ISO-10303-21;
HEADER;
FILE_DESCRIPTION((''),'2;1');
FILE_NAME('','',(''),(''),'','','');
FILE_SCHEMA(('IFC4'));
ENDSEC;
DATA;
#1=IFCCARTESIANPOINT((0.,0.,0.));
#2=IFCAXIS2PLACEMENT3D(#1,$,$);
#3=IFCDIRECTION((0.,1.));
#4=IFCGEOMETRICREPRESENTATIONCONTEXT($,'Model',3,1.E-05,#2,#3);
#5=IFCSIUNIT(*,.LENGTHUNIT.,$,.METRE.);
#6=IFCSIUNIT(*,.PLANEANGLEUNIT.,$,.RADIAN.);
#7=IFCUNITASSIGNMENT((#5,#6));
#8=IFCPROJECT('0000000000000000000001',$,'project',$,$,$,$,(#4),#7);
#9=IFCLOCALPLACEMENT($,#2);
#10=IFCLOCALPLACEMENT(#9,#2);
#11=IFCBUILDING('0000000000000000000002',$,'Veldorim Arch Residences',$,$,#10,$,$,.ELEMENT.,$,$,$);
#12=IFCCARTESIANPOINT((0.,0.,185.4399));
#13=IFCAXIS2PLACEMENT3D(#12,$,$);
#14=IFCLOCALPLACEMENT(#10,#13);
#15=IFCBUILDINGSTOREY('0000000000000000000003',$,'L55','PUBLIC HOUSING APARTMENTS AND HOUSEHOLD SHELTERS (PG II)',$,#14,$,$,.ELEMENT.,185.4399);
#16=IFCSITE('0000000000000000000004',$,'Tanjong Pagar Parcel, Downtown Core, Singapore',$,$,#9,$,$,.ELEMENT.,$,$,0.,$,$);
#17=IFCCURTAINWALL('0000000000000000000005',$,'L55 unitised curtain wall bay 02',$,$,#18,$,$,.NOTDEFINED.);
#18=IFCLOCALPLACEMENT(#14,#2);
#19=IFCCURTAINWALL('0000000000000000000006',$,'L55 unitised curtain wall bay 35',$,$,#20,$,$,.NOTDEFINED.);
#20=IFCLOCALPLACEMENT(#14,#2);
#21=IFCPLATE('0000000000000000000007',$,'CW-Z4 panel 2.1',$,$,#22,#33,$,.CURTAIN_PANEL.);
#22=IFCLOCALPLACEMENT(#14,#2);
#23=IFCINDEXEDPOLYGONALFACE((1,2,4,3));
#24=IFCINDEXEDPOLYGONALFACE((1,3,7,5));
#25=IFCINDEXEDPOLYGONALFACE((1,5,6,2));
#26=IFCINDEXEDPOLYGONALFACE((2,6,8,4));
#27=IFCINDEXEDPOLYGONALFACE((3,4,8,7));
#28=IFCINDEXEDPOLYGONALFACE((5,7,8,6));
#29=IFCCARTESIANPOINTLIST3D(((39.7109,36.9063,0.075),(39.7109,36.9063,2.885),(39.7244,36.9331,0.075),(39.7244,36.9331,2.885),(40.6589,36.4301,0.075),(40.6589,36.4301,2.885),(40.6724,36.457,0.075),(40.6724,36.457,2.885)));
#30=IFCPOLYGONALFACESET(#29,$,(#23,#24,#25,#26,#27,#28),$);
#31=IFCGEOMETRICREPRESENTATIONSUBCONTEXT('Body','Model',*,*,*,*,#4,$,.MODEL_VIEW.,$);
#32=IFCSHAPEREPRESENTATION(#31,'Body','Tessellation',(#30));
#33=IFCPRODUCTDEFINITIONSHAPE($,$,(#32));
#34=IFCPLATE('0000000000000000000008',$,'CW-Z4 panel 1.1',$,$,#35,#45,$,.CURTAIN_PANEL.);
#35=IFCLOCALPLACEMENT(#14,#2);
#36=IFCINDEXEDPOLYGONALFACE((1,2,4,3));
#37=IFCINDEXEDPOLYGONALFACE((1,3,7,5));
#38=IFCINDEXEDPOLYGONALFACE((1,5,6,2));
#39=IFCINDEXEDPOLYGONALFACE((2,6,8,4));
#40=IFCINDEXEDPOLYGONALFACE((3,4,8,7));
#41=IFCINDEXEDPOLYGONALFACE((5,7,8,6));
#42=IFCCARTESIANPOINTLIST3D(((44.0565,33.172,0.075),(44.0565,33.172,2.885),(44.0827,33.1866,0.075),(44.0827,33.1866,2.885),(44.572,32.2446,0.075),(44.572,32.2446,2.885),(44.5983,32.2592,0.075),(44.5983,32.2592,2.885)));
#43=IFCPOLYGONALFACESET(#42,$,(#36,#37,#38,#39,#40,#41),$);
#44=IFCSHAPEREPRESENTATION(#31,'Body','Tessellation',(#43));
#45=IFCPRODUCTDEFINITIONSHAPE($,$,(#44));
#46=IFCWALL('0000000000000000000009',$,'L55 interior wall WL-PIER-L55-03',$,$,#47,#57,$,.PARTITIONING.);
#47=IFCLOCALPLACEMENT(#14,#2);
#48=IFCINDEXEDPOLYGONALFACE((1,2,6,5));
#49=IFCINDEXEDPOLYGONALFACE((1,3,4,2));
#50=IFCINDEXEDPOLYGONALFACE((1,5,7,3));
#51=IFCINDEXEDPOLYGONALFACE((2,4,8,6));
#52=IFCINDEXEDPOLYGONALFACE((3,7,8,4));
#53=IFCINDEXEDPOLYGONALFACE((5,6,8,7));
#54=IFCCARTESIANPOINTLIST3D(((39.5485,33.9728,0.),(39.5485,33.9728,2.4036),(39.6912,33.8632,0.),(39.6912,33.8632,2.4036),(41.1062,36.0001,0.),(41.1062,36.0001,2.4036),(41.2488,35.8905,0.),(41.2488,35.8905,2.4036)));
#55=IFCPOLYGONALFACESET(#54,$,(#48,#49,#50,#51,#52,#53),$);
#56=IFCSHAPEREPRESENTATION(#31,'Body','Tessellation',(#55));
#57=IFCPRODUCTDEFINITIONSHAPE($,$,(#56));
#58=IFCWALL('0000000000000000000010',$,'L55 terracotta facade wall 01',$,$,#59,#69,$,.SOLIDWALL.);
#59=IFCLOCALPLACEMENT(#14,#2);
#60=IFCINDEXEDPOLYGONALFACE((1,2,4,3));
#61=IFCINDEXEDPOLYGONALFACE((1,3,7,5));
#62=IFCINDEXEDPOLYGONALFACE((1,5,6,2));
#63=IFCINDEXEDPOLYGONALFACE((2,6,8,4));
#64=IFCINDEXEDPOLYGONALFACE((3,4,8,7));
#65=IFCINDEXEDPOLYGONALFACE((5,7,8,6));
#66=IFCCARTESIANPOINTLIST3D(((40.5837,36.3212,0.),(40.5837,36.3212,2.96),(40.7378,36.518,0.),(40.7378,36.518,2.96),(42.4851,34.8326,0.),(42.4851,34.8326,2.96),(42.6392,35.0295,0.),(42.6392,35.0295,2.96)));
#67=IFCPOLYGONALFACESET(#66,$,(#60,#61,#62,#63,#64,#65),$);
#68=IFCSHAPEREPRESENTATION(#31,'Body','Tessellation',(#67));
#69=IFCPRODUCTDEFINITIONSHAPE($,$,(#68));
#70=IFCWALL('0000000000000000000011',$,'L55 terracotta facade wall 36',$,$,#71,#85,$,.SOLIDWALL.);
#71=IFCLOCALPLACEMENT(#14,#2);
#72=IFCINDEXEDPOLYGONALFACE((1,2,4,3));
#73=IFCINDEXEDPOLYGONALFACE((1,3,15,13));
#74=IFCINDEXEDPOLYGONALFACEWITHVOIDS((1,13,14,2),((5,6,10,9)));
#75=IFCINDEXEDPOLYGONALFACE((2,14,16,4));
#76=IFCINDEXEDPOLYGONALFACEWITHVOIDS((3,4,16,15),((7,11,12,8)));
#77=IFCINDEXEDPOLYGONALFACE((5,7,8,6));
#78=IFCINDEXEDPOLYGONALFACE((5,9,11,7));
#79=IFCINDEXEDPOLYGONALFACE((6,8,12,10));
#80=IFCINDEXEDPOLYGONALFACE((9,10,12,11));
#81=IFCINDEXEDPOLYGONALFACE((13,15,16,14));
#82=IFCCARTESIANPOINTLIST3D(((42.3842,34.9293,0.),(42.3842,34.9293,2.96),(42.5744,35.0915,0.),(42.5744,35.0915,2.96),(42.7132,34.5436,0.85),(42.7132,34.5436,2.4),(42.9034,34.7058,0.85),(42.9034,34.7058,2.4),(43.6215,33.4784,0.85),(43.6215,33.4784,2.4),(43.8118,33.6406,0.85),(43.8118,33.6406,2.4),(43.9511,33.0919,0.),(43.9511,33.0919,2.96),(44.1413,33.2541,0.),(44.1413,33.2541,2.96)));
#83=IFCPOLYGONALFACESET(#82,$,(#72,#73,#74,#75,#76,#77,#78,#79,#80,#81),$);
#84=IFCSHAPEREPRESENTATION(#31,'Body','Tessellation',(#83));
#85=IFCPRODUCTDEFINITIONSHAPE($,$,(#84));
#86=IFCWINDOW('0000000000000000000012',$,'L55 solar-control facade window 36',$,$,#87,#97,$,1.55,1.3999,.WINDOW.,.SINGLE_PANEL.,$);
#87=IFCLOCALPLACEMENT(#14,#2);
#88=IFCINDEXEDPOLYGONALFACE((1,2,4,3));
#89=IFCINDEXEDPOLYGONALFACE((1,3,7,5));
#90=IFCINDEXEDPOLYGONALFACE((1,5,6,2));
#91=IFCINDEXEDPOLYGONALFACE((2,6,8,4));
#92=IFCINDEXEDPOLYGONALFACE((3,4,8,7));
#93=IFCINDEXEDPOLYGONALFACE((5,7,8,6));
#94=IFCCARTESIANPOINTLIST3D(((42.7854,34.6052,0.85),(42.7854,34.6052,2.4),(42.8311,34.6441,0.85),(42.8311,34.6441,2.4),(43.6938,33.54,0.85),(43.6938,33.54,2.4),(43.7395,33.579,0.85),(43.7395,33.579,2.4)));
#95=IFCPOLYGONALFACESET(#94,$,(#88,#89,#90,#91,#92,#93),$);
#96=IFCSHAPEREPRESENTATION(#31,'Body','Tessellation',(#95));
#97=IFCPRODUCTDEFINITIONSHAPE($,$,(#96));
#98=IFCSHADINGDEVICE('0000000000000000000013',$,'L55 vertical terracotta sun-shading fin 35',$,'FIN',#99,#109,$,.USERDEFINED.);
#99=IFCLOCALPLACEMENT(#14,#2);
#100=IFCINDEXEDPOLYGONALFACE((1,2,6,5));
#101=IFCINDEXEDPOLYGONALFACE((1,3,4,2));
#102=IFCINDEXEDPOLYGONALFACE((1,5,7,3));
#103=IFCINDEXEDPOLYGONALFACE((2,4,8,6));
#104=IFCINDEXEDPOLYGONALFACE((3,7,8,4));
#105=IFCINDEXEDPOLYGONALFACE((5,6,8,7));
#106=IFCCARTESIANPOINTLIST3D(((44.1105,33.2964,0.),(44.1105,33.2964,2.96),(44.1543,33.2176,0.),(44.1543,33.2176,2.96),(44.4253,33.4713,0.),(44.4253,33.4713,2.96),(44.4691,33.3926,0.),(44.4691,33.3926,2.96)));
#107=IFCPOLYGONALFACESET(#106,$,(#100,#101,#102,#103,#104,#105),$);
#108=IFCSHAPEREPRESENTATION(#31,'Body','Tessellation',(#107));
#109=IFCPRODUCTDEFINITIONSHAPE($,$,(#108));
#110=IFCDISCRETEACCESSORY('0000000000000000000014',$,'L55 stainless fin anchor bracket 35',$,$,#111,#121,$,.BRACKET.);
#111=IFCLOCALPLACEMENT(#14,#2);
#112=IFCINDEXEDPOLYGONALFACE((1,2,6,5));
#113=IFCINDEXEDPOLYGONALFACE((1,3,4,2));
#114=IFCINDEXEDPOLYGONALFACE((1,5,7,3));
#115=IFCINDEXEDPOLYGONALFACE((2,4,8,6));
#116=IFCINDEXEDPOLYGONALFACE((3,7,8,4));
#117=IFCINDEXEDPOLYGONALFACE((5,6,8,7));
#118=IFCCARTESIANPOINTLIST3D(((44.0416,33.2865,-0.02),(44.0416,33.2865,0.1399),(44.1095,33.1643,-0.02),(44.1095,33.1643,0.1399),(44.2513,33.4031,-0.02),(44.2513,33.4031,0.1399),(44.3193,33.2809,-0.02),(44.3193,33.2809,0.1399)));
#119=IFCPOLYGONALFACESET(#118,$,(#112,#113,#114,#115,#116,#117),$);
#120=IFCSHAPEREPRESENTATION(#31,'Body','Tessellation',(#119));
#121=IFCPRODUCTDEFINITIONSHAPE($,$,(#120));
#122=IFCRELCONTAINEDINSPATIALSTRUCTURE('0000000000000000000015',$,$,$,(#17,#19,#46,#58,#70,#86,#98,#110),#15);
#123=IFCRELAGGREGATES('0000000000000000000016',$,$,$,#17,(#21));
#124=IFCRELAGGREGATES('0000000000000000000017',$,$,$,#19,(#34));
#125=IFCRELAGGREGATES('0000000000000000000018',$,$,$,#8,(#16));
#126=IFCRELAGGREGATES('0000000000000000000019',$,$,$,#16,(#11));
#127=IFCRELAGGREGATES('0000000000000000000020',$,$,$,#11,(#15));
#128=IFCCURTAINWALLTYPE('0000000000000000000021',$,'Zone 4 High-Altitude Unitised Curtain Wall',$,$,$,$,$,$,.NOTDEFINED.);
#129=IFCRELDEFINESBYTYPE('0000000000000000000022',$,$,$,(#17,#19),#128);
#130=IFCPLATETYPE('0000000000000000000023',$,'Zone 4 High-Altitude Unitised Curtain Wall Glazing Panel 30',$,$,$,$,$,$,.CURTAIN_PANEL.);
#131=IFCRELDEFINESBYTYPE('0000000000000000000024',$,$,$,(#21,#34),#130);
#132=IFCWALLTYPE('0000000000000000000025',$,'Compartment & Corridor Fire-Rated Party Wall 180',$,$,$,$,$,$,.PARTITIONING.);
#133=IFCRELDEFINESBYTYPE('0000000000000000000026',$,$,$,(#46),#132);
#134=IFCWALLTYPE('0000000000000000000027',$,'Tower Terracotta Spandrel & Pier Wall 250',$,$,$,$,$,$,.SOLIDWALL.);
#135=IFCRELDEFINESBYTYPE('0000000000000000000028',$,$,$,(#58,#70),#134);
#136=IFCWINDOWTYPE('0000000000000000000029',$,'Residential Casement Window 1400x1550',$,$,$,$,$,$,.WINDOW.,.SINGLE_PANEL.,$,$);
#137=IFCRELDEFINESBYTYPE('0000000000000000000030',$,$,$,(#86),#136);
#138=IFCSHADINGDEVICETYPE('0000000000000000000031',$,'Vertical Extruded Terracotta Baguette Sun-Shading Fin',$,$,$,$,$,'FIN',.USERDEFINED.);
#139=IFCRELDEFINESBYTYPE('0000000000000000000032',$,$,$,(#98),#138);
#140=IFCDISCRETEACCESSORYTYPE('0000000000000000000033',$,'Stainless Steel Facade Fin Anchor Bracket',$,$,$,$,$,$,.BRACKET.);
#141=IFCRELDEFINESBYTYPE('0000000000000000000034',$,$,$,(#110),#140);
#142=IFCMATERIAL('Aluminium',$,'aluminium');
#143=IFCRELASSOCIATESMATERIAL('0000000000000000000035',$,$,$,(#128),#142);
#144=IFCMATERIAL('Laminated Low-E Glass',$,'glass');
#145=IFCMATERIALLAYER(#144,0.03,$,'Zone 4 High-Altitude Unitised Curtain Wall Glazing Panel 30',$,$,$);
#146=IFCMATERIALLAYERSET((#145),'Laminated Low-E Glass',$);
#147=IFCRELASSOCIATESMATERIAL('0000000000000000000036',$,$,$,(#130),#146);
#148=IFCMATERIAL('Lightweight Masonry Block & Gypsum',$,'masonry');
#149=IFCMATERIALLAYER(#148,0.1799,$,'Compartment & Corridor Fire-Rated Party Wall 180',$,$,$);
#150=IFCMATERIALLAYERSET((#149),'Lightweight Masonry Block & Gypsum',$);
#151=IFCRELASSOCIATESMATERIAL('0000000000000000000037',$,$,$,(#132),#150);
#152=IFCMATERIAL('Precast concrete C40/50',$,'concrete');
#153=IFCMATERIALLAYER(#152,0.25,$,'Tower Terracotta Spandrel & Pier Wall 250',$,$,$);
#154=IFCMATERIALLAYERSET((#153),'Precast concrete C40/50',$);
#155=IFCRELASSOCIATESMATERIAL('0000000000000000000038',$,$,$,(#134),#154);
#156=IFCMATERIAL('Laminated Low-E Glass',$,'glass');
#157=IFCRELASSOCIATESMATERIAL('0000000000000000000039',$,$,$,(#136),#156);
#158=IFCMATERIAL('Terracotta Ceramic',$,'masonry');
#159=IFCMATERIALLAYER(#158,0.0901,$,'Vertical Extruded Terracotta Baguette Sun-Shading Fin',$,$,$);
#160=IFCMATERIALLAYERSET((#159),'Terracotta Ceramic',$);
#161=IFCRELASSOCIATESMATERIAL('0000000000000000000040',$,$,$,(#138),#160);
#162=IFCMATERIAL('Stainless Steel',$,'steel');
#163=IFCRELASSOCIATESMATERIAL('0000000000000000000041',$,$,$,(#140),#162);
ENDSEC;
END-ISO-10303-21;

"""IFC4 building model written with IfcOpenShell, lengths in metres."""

from ifc_helpers import new_model, si_unit, direction, frame, frame_2d, origin, origin_2d, place, context, subcontext, project, spatial, rectangle, extrude, material, layer, layer_set, type_object, element, fill, aggregate, save


model = new_model("IFC4")

# Units and contexts
model_context = context("Model", 3, precision=1e-05, world=origin(), true_north=direction((0.0, 1.0)))
body_context = subcontext(model_context, "Body", "Model", "MODEL_VIEW")
ifc_project = project(units=[si_unit("LENGTHUNIT", "METRE"), si_unit("PLANEANGLEUNIT", "RADIAN")], contexts=[model_context])

# Site, building, storey
site_placement = place(None, origin())
site = spatial("IfcSite", under=ifc_project, at=site_placement, Name="Tanjong Pagar Parcel, Downtown Core, Singapore", CompositionType="ELEMENT", RefElevation=0.0)
building_placement = place(site_placement, origin())
building = spatial("IfcBuilding", under=site, at=building_placement, Name="Veldorim Arch Residences", CompositionType="ELEMENT")
storey_placement = place(building_placement, frame((0.0, 0.0, 185.4399)))
storey = spatial("IfcBuildingStorey", under=building, at=storey_placement, Name="L55", Description="PUBLIC HOUSING APARTMENTS AND HOUSEHOLD SHELTERS (PG II)", CompositionType="ELEMENT", Elevation=185.4399)

# Curtain walls
ifc_material_1 = material(Name="Aluminium", Category="aluminium")
curtain_wall_type = type_object("IfcCurtainWallType", Name="Zone 4 High-Altitude Unitised Curtain Wall", PredefinedType="NOTDEFINED", material=ifc_material_1)
curtain_wall_1_placement = place(storey_placement, origin())
curtain_wall_1 = element("IfcCurtainWall", 1, at=curtain_wall_1_placement, inside=storey, type_object=curtain_wall_type, Name="L55 unitised curtain wall bay 02", PredefinedType="NOTDEFINED")
curtain_wall_2_placement = place(storey_placement, origin())
curtain_wall_2 = element("IfcCurtainWall", 2, at=curtain_wall_2_placement, inside=storey, type_object=curtain_wall_type, Name="L55 unitised curtain wall bay 35", PredefinedType="NOTDEFINED")

# Plates
ifc_material_2 = material(Name="Laminated Low-E Glass", Category="glass")
ifc_layer_1 = layer(ifc_material_2, 0.03, Name="Zone 4 High-Altitude Unitised Curtain Wall Glazing Panel 30")
ifc_layer_set_1 = layer_set([ifc_layer_1], Name="Laminated Low-E Glass")
plate_type = type_object("IfcPlateType", Name="Zone 4 High-Altitude Unitised Curtain Wall Glazing Panel 30", PredefinedType="CURTAIN_PANEL", material=ifc_layer_set_1)
plate_1_placement = place(storey_placement, frame((40.1917, 36.6816, 0.075), z_axis=(0.0, 0.0, 1.0), x_axis=(0.893599, -0.448866, 0.0)))
plate_1 = element("IfcPlate", 3, at=plate_1_placement, type_object=plate_type, Name="CW-Z4 panel 2.1", PredefinedType="CURTAIN_PANEL", context=body_context, shape_type="SweptSolid", body=[
    extrude(rectangle(XDim=1.0608, YDim=0.03, at=origin_2d()), origin(), (0.0, 0.0, 1.0), 2.8101),
])
aggregate(curtain_wall_1, [plate_1])
plate_2_placement = place(storey_placement, frame((44.3274, 32.7156, 0.075), z_axis=(0.0, 0.0, 1.0), x_axis=(0.485885, -0.874023, 0.0)))
plate_2 = element("IfcPlate", 4, at=plate_2_placement, type_object=plate_type, Name="CW-Z4 panel 1.1", PredefinedType="CURTAIN_PANEL", context=body_context, shape_type="SweptSolid", body=[
    extrude(rectangle(XDim=1.061, YDim=0.03, at=origin_2d()), origin(), (0.0, 0.0, 1.0), 2.8101),
])
aggregate(curtain_wall_2, [plate_2])

# Walls
ifc_material_3 = material(Name="Lightweight Masonry Block & Gypsum", Category="masonry")
ifc_layer_2 = layer(ifc_material_3, 0.1799, Name="Compartment & Corridor Fire-Rated Party Wall 180")
ifc_layer_set_2 = layer_set([ifc_layer_2], Name="Lightweight Masonry Block & Gypsum")
wall_type_1 = type_object("IfcWallType", Name="Compartment & Corridor Fire-Rated Party Wall 180", PredefinedType="PARTITIONING", material=ifc_layer_set_2)
wall_1_placement = place(storey_placement, frame((39.6199, 33.918, 0.0), z_axis=(0.0, 0.0, 1.0), x_axis=(0.609249, 0.792979, 0.0)))
element("IfcWall", 5, at=wall_1_placement, inside=storey, type_object=wall_type_1, Name="L55 interior wall WL-PIER-L55-03", PredefinedType="PARTITIONING", context=body_context, shape_type="SweptSolid", body=[
    extrude(rectangle(XDim=2.5566, YDim=0.1799, at=frame_2d((1.2783, 0.0))), origin(), (0.0, 0.0, 1.0), 2.4036),
])
ifc_material_4 = material(Name="Precast concrete C40/50", Category="concrete")
ifc_layer_3 = layer(ifc_material_4, 0.25, Name="Tower Terracotta Spandrel & Pier Wall 250")
ifc_layer_set_3 = layer_set([ifc_layer_3], Name="Precast concrete C40/50")
wall_type_2 = type_object("IfcWallType", Name="Tower Terracotta Spandrel & Pier Wall 250", PredefinedType="SOLIDWALL", material=ifc_layer_set_3)
wall_2_placement = place(storey_placement, frame((40.6606, 36.4197, 0.0), z_axis=(0.0, 0.0, 1.0), x_axis=(0.787405, -0.616436, 0.0)))
element("IfcWall", 6, at=wall_2_placement, inside=storey, type_object=wall_type_2, Name="L55 terracotta facade wall 01", PredefinedType="SOLIDWALL", context=body_context, shape_type="SweptSolid", body=[
    extrude(rectangle(XDim=2.4148, YDim=0.25, at=frame_2d((1.2075, 0.0))), origin(), (0.0, 0.0, 1.0), 2.96),
])

# Wall, opening, window
wall_3_placement = place(storey_placement, frame((42.4792, 35.0105, 0.0), z_axis=(0.0, 0.0, 1.0), x_axis=(0.648874, -0.760896, 0.0)))
wall_3 = element("IfcWall", 7, at=wall_3_placement, inside=storey, type_object=wall_type_2, Name="L55 terracotta facade wall 36", PredefinedType="SOLIDWALL", context=body_context, shape_type="SweptSolid", body=[
    extrude(rectangle(XDim=2.4148, YDim=0.25, at=frame_2d((1.2075, 0.0))), origin(), (0.0, 0.0, 1.0), 2.96),
])
opening_placement = place(wall_3_placement, frame((0.5071, 0.0, 0.8501)))
opening = element("IfcOpeningElement", 8, at=opening_placement, cuts=wall_3, PredefinedType="OPENING", context=body_context, shape_type="SweptSolid", body=[
    extrude(rectangle(XDim=1.3999, YDim=1.55, at=frame_2d((0.7, 0.7749))), frame((0.0, 0.135, 0.0), z_axis=(0.0, -1.0, 0.0), x_axis=(1.0, 0.0, 0.0)), (0.0, 0.0, 1.0), 0.27),
])
ifc_material_5 = material(Name="Laminated Low-E Glass", Category="glass")
window_type = type_object("IfcWindowType", Name="Residential Casement Window 1400x1550", PartitioningType="SINGLE_PANEL", PredefinedType="WINDOW", material=ifc_material_5)
window_placement = place(opening_placement, origin())
window = element("IfcWindow", 9, at=window_placement, inside=storey, type_object=window_type, Name="L55 solar-control facade window 36", OverallHeight=1.55, OverallWidth=1.3999, PartitioningType="SINGLE_PANEL", PredefinedType="WINDOW", context=body_context, shape_type="SweptSolid", body=[
    extrude(rectangle(XDim=1.3999, YDim=1.55, at=frame_2d((0.7, 0.7749))), frame((0.0, 0.03, 0.0), z_axis=(0.0, -1.0, 0.0), x_axis=(1.0, 0.0, 0.0)), (0.0, 0.0, 1.0), 0.0601),
])
fill(opening, window)

# Shading device
ifc_material_6 = material(Name="Terracotta Ceramic", Category="masonry")
ifc_layer_4 = layer(ifc_material_6, 0.0901, Name="Vertical Extruded Terracotta Baguette Sun-Shading Fin")
ifc_layer_set_4 = layer_set([ifc_layer_4], Name="Terracotta Ceramic")
shading_device_type = type_object("IfcShadingDeviceType", Name="Vertical Extruded Terracotta Baguette Sun-Shading Fin", ElementType="FIN", PredefinedType="USERDEFINED", material=ifc_layer_set_4)
shading_device_placement = place(storey_placement, frame((44.2898, 33.3445, 0.0), z_axis=(0.0, 0.0, 1.0), x_axis=(0.485878, -0.874027, 0.0)))
element("IfcShadingDevice", 10, at=shading_device_placement, inside=storey, type_object=shading_device_type, Name="L55 vertical terracotta sun-shading fin 35", ObjectType="FIN", PredefinedType="USERDEFINED", context=body_context, shape_type="SweptSolid", body=[
    extrude(rectangle(XDim=0.0901, YDim=0.3601, at=origin_2d()), origin(), (0.0, 0.0, 1.0), 2.96),
])

# Discrete accessory
ifc_material_7 = material(Name="Stainless Steel", Category="steel")
discrete_accessory_type = type_object("IfcDiscreteAccessoryType", Name="Stainless Steel Facade Fin Anchor Bracket", PredefinedType="BRACKET", material=ifc_material_7)
discrete_accessory_placement = place(storey_placement, frame((44.1804, 33.2837, -0.02), z_axis=(0.0, 0.0, 1.0), x_axis=(0.485878, -0.874027, 0.0)))
element("IfcDiscreteAccessory", 11, at=discrete_accessory_placement, inside=storey, type_object=discrete_accessory_type, Name="L55 stainless fin anchor bracket 35", PredefinedType="BRACKET", context=body_context, shape_type="SweptSolid", body=[
    extrude(rectangle(XDim=0.1399, YDim=0.24, at=origin_2d()), origin(), (0.0, 0.0, 1.0), 0.1599),
])

save(model, "model.ifc")
